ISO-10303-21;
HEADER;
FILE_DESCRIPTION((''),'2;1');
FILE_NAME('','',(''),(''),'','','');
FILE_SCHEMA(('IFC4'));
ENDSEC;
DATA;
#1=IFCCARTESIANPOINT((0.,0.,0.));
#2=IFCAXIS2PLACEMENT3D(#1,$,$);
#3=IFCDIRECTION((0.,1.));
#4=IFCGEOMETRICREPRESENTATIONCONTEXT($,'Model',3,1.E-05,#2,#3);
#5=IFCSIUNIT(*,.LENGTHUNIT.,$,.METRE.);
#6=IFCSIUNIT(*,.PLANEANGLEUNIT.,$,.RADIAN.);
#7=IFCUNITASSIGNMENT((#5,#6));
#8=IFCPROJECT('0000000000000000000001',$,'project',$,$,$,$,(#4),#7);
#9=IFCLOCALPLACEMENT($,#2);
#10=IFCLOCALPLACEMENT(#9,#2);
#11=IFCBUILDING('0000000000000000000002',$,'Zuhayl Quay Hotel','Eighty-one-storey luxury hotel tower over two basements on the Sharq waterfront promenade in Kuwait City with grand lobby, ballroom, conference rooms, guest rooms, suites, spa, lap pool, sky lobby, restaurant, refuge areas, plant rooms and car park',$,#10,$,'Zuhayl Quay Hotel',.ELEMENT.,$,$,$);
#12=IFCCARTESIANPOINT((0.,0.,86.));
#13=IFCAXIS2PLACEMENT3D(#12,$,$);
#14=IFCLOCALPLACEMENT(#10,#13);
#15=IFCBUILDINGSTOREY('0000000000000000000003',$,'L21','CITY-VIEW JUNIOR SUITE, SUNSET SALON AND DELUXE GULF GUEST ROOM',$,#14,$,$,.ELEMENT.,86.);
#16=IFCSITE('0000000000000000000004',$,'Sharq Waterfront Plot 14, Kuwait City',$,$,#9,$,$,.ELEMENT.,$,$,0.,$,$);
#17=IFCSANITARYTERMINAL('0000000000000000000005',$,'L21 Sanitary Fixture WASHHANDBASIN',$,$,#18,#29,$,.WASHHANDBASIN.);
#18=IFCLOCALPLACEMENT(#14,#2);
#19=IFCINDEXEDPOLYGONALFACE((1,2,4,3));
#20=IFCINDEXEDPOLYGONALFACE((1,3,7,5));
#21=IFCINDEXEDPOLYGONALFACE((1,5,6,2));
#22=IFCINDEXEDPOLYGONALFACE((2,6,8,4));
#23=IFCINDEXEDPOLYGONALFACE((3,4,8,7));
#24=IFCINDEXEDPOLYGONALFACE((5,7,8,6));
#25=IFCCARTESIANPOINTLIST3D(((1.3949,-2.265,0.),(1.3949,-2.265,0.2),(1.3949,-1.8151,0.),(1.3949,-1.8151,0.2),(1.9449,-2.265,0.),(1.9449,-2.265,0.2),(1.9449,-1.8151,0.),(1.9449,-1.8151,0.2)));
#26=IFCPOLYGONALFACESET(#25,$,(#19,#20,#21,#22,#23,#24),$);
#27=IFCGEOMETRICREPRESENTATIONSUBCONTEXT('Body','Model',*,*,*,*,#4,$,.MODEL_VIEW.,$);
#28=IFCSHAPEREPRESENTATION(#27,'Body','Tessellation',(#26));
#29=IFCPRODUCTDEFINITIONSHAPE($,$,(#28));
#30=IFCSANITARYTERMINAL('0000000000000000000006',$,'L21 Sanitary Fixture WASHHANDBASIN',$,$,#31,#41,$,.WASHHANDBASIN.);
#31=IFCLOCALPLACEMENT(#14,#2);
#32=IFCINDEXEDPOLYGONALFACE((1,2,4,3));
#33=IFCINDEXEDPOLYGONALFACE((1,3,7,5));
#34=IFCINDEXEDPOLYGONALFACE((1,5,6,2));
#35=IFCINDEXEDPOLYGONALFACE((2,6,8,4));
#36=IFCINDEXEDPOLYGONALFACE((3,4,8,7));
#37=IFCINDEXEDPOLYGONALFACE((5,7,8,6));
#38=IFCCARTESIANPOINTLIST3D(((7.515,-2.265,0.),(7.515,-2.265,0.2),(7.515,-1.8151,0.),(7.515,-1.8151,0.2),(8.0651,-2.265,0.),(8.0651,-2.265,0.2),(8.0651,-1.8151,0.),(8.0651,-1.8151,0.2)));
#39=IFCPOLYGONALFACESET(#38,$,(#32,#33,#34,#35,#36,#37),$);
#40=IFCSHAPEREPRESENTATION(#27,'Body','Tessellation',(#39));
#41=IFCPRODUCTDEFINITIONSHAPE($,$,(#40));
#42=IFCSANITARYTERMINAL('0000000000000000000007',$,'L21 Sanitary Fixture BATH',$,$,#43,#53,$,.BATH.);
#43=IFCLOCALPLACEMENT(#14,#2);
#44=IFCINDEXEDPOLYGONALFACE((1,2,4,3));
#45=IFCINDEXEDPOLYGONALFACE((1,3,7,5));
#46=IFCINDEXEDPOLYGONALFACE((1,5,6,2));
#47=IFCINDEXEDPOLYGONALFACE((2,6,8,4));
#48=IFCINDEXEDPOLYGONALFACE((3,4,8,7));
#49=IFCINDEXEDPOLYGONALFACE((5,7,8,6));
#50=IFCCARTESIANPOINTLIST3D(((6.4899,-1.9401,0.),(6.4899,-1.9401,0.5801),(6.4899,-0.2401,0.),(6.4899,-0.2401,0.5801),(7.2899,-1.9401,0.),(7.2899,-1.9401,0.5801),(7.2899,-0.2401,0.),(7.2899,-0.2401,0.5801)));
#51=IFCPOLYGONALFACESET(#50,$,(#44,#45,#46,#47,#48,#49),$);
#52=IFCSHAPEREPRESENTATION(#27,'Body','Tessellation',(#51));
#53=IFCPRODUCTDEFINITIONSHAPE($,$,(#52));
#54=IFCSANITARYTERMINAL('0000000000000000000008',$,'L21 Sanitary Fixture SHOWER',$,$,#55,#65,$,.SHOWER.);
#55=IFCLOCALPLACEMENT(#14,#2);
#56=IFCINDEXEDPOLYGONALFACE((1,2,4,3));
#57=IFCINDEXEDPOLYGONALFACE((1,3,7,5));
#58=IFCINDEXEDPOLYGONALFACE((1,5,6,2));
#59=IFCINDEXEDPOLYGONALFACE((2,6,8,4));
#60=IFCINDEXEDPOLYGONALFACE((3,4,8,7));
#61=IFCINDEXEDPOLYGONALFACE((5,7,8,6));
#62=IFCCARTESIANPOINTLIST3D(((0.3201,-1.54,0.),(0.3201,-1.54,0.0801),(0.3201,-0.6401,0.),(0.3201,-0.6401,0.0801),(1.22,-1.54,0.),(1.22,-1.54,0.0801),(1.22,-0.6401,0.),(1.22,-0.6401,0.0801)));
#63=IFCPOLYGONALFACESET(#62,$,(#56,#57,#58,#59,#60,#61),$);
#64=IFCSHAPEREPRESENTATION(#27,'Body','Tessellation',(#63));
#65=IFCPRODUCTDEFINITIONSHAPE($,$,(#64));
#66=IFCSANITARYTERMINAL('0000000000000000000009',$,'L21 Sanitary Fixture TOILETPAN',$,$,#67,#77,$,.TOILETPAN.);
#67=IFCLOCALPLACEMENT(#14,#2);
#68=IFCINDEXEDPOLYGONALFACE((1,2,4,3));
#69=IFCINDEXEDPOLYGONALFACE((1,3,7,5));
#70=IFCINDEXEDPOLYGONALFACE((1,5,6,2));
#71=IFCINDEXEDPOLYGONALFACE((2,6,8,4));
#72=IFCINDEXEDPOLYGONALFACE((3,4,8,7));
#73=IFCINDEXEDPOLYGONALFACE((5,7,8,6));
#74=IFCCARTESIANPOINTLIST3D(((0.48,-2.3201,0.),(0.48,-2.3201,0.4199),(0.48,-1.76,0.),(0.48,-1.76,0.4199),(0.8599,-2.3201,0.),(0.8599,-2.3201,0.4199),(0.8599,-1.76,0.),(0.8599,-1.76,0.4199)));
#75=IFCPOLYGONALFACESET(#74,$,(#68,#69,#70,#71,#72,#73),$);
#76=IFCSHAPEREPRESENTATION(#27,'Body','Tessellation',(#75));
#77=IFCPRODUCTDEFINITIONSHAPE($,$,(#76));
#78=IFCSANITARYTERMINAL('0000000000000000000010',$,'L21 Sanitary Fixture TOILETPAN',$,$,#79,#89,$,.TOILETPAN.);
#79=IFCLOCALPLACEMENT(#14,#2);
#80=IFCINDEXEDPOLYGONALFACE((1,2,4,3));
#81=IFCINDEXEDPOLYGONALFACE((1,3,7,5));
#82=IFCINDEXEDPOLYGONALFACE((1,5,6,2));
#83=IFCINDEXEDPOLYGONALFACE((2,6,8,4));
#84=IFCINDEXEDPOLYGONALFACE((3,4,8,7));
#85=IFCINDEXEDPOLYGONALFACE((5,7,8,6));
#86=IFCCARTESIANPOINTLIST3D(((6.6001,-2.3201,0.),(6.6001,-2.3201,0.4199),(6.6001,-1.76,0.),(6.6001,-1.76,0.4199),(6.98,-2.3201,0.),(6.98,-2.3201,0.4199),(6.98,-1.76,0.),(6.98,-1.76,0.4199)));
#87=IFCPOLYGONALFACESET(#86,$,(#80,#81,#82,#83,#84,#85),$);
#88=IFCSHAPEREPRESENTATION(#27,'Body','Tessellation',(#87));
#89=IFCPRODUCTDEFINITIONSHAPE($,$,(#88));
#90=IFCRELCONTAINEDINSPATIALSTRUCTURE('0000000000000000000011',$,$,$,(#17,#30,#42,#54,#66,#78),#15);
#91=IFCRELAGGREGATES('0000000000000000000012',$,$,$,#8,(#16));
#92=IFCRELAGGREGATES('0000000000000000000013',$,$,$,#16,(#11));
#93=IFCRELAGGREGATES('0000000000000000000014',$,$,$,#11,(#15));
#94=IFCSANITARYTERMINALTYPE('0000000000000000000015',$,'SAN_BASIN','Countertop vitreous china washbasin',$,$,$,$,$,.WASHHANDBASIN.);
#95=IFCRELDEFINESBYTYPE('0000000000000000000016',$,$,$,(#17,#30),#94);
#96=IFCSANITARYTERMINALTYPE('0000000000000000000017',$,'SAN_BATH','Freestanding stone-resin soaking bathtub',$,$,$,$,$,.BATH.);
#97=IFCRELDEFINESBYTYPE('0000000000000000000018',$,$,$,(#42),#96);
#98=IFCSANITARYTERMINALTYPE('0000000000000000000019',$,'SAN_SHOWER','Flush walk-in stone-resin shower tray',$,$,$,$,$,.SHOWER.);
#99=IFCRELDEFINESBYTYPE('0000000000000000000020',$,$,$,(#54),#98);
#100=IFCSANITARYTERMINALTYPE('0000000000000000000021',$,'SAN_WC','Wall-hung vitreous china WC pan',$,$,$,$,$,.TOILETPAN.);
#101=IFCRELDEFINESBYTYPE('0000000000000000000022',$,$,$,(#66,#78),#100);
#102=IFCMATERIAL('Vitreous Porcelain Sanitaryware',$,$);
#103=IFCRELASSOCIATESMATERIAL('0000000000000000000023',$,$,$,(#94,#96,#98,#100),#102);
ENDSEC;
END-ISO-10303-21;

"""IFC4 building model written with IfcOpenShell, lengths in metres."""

from ifc_helpers import new_model, si_unit, direction, frame, origin, origin_2d, place, context, subcontext, project, spatial, rectangle, extrude, material, type_object, element, save


model = new_model("IFC4")

# Units and contexts
model_context = context("Model", 3, precision=1e-05, world=origin(), true_north=direction((0.0, 1.0)))
body_context = subcontext(model_context, "Body", "Model", "MODEL_VIEW")
ifc_project = project(units=[si_unit("LENGTHUNIT", "METRE"), si_unit("PLANEANGLEUNIT", "RADIAN")], contexts=[model_context])

# Site, building, storey
site_placement = place(None, origin())
site = spatial("IfcSite", under=ifc_project, at=site_placement, Name="Sharq Waterfront Plot 14, Kuwait City", CompositionType="ELEMENT", RefElevation=0.0)
building_placement = place(site_placement, origin())
building = spatial("IfcBuilding", under=site, at=building_placement, Name="Zuhayl Quay Hotel", Description="Eighty-one-storey luxury hotel tower over two basements on the Sharq waterfront promenade in Kuwait City with grand lobby, ballroom, conference rooms, guest rooms, suites, spa, lap pool, sky lobby, restaurant, refuge areas, plant rooms and car park", LongName="Zuhayl Quay Hotel", CompositionType="ELEMENT")
storey_placement = place(building_placement, frame((0.0, 0.0, 86.0)))
storey = spatial("IfcBuildingStorey", under=building, at=storey_placement, Name="L21", Description="CITY-VIEW JUNIOR SUITE, SUNSET SALON AND DELUXE GULF GUEST ROOM", CompositionType="ELEMENT", Elevation=86.0)

# Sanitary terminals
ifc_material_1 = material(Name="Vitreous Porcelain Sanitaryware")
sanitary_terminal_type_1 = type_object("IfcSanitaryTerminalType", Name="SAN_BASIN", Description="Countertop vitreous china washbasin", PredefinedType="WASHHANDBASIN", material=ifc_material_1)
for number, where, z_axis, x_axis, name in (
    (1, (1.6699, -2.04, 0.0), (0.0, 0.0, 1.0), (1.0, 0.0, 0.0), "L21 Sanitary Fixture WASHHANDBASIN"),
    (2, (7.79, -2.04, 0.0), (0.0, 0.0, 1.0), (1.0, 0.0, 0.0), "L21 Sanitary Fixture WASHHANDBASIN"),
):
    element("IfcSanitaryTerminal", number, at=place(storey_placement, frame(where, z_axis=z_axis, x_axis=x_axis)), inside=storey, type_object=sanitary_terminal_type_1, Name=name, PredefinedType="WASHHANDBASIN", context=body_context, shape_type="SweptSolid", body=[
        extrude(rectangle(XDim=0.55, YDim=0.45, at=origin_2d()), origin(), (0.0, 0.0, 1.0), 0.2),
    ])
sanitary_terminal_type_2 = type_object("IfcSanitaryTerminalType", Name="SAN_BATH", Description="Freestanding stone-resin soaking bathtub", PredefinedType="BATH", material=ifc_material_1)
sanitary_terminal_1_placement = place(storey_placement, frame((6.8899, -1.0901, 0.0), z_axis=(0.0, 0.0, 1.0), x_axis=(1.0, 0.0, 0.0)))
element("IfcSanitaryTerminal", 3, at=sanitary_terminal_1_placement, inside=storey, type_object=sanitary_terminal_type_2, Name="L21 Sanitary Fixture BATH", PredefinedType="BATH", context=body_context, shape_type="SweptSolid", body=[
    extrude(rectangle(XDim=0.8, YDim=1.7, at=origin_2d()), origin(), (0.0, 0.0, 1.0), 0.5801),
])
sanitary_terminal_type_3 = type_object("IfcSanitaryTerminalType", Name="SAN_SHOWER", Description="Flush walk-in stone-resin shower tray", PredefinedType="SHOWER", material=ifc_material_1)
sanitary_terminal_2_placement = place(storey_placement, frame((0.77, -1.0901, 0.0), z_axis=(0.0, 0.0, 1.0), x_axis=(1.0, 0.0, 0.0)))
element("IfcSanitaryTerminal", 4, at=sanitary_terminal_2_placement, inside=storey, type_object=sanitary_terminal_type_3, Name="L21 Sanitary Fixture SHOWER", PredefinedType="SHOWER", context=body_context, shape_type="SweptSolid", body=[
    extrude(rectangle(XDim=0.8999, YDim=0.8999, at=origin_2d()), origin(), (0.0, 0.0, 1.0), 0.0801),
])
sanitary_terminal_type_4 = type_object("IfcSanitaryTerminalType", Name="SAN_WC", Description="Wall-hung vitreous china WC pan", PredefinedType="TOILETPAN", material=ifc_material_1)
for number, where, z_axis, x_axis, name in (
    (5, (0.6699, -2.04, 0.0), (0.0, 0.0, 1.0), (1.0, 0.0, 0.0), "L21 Sanitary Fixture TOILETPAN"),
    (6, (6.79, -2.04, 0.0), (0.0, 0.0, 1.0), (1.0, 0.0, 0.0), "L21 Sanitary Fixture TOILETPAN"),
):
    element("IfcSanitaryTerminal", number, at=place(storey_placement, frame(where, z_axis=z_axis, x_axis=x_axis)), inside=storey, type_object=sanitary_terminal_type_4, Name=name, PredefinedType="TOILETPAN", context=body_context, shape_type="SweptSolid", body=[
        extrude(rectangle(XDim=0.3799, YDim=0.5601, at=origin_2d()), origin(), (0.0, 0.0, 1.0), 0.4199),
    ])

save(model, "model.ifc")
